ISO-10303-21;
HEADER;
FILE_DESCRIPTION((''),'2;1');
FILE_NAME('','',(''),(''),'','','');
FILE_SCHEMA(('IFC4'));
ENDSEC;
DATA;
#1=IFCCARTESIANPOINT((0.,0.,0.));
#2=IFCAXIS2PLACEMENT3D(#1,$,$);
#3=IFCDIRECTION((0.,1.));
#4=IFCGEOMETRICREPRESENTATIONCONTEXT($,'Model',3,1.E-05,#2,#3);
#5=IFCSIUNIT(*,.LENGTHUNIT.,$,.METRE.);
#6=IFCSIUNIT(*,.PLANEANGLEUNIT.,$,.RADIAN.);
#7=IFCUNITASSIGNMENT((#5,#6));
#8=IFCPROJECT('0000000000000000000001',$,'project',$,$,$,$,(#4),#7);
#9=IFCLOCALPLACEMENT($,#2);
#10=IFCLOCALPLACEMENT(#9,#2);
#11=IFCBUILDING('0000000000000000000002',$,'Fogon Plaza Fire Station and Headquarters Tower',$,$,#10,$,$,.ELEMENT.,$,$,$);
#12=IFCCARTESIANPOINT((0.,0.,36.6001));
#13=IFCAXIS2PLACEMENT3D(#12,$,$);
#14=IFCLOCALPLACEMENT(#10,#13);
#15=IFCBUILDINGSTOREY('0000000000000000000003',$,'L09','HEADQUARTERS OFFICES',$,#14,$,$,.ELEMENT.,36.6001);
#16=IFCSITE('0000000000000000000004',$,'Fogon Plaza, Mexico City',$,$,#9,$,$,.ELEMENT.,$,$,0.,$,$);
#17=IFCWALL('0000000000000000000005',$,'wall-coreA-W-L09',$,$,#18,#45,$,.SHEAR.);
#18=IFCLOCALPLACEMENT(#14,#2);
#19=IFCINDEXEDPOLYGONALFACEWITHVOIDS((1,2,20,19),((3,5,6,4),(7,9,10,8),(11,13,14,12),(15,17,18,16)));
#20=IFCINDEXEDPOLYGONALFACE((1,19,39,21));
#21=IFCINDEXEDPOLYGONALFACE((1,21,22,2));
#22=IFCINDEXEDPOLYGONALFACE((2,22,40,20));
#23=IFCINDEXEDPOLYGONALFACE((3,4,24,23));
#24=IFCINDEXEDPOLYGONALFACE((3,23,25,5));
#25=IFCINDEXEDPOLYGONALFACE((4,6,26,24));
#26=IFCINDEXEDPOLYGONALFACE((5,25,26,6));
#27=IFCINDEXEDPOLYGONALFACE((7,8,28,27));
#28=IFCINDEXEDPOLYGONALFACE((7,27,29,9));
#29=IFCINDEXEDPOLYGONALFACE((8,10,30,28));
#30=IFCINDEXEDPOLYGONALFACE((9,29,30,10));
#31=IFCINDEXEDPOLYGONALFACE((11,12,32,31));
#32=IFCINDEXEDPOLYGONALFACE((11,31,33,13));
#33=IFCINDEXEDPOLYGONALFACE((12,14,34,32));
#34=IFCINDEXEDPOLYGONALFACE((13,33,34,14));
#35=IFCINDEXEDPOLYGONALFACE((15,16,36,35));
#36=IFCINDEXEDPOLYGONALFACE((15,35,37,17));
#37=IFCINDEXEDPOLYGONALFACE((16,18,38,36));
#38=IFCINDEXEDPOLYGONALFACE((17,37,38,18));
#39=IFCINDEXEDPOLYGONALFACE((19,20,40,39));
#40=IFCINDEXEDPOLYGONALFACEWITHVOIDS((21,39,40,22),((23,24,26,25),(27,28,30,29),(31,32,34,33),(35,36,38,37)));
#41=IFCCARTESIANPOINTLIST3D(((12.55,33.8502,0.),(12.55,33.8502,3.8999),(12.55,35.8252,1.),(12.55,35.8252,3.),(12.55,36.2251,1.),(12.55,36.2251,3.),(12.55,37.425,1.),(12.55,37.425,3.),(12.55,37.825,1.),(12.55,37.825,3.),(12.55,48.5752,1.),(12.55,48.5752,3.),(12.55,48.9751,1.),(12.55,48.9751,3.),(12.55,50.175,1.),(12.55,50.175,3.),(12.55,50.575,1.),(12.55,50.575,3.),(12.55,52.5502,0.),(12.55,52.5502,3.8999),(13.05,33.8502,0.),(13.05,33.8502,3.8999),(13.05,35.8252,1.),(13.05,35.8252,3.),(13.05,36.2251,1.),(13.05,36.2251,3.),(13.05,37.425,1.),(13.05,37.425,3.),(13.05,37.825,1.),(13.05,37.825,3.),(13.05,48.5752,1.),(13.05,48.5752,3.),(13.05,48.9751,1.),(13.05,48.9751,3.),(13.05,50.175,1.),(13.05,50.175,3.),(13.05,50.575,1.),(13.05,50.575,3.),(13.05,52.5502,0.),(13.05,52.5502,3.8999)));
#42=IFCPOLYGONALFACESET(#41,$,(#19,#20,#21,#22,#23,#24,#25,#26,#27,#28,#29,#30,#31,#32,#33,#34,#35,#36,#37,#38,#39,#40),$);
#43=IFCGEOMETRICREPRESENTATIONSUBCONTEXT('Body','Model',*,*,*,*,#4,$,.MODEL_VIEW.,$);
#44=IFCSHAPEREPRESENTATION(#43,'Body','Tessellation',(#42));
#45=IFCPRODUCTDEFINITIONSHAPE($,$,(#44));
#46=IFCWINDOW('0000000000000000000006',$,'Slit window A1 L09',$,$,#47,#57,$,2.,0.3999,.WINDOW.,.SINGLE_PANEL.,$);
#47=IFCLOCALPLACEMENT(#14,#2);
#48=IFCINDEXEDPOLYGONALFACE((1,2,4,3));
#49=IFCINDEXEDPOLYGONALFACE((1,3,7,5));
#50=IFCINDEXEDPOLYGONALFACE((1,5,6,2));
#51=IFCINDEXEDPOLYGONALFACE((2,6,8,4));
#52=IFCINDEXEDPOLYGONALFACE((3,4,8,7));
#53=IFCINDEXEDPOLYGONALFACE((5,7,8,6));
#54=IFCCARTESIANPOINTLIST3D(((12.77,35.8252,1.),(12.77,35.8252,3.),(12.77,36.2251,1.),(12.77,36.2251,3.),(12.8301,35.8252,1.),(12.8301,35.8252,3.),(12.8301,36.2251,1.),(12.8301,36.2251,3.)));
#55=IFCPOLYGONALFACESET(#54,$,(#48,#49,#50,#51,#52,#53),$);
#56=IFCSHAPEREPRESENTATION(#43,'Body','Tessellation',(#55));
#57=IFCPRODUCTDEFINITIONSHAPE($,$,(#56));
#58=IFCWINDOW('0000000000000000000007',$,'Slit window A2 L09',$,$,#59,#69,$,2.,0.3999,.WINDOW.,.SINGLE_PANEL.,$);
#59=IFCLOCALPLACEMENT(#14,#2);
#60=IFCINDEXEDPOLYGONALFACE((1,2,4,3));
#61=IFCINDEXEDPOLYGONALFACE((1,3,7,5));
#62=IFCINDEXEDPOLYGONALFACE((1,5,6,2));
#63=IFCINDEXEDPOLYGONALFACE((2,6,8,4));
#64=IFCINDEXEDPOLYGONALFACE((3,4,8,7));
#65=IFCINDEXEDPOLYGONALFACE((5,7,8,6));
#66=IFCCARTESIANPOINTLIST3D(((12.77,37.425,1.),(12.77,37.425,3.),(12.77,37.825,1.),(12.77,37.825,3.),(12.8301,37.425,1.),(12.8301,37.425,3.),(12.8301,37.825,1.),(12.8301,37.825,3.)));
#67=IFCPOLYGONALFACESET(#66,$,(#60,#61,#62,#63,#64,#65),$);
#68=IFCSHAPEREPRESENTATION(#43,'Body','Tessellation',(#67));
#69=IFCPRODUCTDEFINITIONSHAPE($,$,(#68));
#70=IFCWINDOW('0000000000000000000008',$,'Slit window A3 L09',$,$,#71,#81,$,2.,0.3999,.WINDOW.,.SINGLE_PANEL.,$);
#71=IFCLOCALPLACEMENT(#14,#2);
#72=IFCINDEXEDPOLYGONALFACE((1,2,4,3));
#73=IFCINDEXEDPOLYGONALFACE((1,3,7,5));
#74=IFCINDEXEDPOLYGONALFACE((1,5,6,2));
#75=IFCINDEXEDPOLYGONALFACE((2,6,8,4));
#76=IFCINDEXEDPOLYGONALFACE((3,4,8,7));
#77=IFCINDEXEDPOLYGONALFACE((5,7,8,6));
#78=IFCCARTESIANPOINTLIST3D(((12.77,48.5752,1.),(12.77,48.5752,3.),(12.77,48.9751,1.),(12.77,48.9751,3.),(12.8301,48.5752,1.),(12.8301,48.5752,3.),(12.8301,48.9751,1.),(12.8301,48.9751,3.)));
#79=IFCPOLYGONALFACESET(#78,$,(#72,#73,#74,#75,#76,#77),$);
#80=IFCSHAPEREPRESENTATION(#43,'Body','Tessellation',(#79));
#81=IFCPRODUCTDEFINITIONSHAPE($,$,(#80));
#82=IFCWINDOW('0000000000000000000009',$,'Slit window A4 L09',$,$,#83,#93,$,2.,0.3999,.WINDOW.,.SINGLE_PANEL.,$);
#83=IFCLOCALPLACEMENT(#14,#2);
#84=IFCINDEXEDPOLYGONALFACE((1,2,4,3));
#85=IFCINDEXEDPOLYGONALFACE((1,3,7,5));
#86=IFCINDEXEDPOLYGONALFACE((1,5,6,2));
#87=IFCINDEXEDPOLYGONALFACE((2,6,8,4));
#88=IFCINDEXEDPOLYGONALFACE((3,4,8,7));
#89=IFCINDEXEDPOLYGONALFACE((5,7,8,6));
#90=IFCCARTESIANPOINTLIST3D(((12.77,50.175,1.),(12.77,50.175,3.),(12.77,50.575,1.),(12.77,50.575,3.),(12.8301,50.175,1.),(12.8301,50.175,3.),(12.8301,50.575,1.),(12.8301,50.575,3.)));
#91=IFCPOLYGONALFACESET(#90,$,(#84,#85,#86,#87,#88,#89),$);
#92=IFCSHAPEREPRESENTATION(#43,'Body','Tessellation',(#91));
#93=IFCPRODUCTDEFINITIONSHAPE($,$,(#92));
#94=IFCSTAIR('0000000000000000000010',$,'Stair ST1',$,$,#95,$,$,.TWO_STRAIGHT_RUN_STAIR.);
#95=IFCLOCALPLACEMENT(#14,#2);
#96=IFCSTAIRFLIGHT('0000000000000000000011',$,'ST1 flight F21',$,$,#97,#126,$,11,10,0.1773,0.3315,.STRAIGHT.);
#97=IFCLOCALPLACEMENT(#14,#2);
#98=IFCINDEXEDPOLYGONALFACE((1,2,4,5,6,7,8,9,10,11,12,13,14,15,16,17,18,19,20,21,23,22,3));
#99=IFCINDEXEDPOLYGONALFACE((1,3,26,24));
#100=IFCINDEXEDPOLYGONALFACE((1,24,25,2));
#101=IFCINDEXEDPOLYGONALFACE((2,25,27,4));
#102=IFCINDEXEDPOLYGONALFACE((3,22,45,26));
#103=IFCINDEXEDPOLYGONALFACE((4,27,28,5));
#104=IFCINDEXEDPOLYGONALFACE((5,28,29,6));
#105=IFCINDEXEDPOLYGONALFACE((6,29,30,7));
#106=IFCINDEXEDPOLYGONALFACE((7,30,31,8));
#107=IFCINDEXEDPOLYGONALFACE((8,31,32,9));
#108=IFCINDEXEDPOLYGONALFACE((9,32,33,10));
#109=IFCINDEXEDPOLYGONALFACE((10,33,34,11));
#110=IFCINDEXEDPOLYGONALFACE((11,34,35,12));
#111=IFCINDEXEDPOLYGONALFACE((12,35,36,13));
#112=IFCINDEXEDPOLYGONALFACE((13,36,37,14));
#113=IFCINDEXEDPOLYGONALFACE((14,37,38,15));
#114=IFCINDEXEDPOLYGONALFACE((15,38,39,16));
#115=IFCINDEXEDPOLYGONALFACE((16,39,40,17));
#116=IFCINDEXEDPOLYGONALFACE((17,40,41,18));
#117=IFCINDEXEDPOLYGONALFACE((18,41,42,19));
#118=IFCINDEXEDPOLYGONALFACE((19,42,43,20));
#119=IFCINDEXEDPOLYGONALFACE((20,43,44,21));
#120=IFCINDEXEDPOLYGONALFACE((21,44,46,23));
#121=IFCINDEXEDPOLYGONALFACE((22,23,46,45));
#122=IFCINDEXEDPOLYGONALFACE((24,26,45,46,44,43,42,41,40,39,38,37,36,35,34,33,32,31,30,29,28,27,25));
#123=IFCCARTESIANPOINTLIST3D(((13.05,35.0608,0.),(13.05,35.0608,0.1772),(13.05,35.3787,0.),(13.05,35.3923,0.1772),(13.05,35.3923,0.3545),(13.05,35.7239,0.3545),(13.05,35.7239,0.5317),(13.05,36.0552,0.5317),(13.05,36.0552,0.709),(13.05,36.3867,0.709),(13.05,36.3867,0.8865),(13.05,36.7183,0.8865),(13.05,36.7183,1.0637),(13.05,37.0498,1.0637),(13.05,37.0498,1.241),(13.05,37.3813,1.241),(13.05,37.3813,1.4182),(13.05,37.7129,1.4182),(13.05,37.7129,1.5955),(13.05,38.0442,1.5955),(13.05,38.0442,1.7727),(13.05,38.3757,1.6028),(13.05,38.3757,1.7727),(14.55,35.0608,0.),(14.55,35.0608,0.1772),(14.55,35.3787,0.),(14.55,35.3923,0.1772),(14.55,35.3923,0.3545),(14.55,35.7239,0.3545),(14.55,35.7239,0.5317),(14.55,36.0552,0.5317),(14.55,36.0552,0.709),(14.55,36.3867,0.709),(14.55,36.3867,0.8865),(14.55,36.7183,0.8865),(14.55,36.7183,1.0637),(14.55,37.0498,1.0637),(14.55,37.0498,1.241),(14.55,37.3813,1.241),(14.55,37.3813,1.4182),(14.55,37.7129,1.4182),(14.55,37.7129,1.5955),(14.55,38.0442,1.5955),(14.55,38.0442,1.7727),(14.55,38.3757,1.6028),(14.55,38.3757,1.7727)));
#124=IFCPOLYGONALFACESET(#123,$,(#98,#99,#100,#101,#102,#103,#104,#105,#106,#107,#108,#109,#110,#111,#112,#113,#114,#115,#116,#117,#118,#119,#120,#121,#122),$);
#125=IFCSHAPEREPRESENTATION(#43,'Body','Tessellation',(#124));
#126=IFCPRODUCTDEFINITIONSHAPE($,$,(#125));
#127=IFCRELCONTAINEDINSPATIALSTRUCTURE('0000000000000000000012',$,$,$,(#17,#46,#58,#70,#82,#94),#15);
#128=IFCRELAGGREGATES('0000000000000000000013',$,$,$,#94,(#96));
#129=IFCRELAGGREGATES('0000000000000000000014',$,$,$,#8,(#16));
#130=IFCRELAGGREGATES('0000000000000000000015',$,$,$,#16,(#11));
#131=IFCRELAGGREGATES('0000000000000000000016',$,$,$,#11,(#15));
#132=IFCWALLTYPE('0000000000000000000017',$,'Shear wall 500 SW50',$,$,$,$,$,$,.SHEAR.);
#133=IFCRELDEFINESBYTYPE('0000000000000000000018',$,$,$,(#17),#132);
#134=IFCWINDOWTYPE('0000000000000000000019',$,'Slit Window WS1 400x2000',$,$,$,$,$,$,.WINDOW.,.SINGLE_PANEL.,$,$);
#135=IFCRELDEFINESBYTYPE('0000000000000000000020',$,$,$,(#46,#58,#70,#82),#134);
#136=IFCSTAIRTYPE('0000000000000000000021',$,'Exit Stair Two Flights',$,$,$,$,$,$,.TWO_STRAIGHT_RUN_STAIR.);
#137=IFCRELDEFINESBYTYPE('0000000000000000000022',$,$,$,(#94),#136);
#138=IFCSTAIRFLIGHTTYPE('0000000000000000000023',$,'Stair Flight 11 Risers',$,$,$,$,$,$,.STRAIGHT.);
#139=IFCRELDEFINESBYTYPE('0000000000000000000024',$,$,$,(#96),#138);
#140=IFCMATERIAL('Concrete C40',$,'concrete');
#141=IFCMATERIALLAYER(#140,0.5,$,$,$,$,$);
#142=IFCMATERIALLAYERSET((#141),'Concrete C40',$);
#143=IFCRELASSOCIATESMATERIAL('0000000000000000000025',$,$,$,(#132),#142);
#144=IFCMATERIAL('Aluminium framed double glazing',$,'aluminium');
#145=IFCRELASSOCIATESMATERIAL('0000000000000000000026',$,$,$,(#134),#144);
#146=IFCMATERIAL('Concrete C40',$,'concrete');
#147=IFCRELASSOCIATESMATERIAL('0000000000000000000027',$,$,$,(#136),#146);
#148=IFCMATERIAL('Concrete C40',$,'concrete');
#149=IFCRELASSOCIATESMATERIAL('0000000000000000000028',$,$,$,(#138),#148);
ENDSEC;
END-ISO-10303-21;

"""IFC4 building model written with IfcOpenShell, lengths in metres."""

from ifc_helpers import new_model, si_unit, direction, frame, frame_2d, origin, place, context, subcontext, project, spatial, polyline, rectangle, outline, extrude, material, layer, layer_set, type_object, element, fill, aggregate, save


model = new_model("IFC4")

# Units and contexts
model_context = context("Model", 3, precision=1e-05, world=origin(), true_north=direction((0.0, 1.0)))
body_context = subcontext(model_context, "Body", "Model", "MODEL_VIEW")
ifc_project = project(units=[si_unit("LENGTHUNIT", "METRE"), si_unit("PLANEANGLEUNIT", "RADIAN")], contexts=[model_context])

# Site, building, storey
site_placement = place(None, origin())
site = spatial("IfcSite", under=ifc_project, at=site_placement, Name="Fogon Plaza, Mexico City", CompositionType="ELEMENT", RefElevation=0.0)
building_placement = place(site_placement, origin())
building = spatial("IfcBuilding", under=site, at=building_placement, Name="Fogon Plaza Fire Station and Headquarters Tower", CompositionType="ELEMENT")
storey_placement = place(building_placement, frame((0.0, 0.0, 36.6001)))
storey = spatial("IfcBuildingStorey", under=building, at=storey_placement, Name="L09", Description="HEADQUARTERS OFFICES", CompositionType="ELEMENT", Elevation=36.6001)

# Shared definitions
ifc_material_1 = material(Name="Concrete C40", Category="concrete")
ifc_layer_1 = layer(ifc_material_1, 0.5)
ifc_layer_set_1 = layer_set([ifc_layer_1], Name="Concrete C40")
wall_type_1 = type_object("IfcWallType", Name="Shear wall 500 SW50", PredefinedType="SHEAR", material=ifc_layer_set_1)
ifc_material_2 = material(Name="Aluminium framed double glazing", Category="aluminium")
window_type = type_object("IfcWindowType", Name="Slit Window WS1 400x2000", PartitioningType="SINGLE_PANEL", PredefinedType="WINDOW", material=ifc_material_2)

# Wall, openings, windows
wall_1_placement = place(storey_placement, frame((12.8, 33.8501, 0.0), z_axis=(0.0, 0.0, 1.0), x_axis=(0.0, 1.0, 0.0)))
wall_1 = element("IfcWall", 1, at=wall_1_placement, inside=storey, type_object=wall_type_1, Name="wall-coreA-W-L09", PredefinedType="SHEAR", context=body_context, shape_type="SweptSolid", body=[
    extrude(rectangle(XDim=18.7, YDim=0.5, at=frame_2d((9.3501, 0.0))), origin(), (0.0, 0.0, 1.0), 3.8999),
])
opening_1_placement = place(wall_1_placement, frame((1.9751, 0.0, 1.0)))
opening_1 = element("IfcOpeningElement", 2, at=opening_1_placement, cuts=wall_1, PredefinedType="OPENING", context=body_context, shape_type="SweptSolid", body=[
    extrude(rectangle(XDim=0.3999, YDim=2.0, at=frame_2d((0.2, 1.0))), frame((0.0, 0.26, 0.0), z_axis=(0.0, -1.0, 0.0), x_axis=(1.0, 0.0, 0.0)), (0.0, 0.0, 1.0), 0.52),
])
opening_2_placement = place(wall_1_placement, frame((3.575, 0.0, 1.0)))
opening_2 = element("IfcOpeningElement", 3, at=opening_2_placement, cuts=wall_1, PredefinedType="OPENING", context=body_context, shape_type="SweptSolid", body=[
    extrude(rectangle(XDim=0.3999, YDim=2.0, at=frame_2d((0.2, 1.0))), frame((0.0, 0.26, 0.0), z_axis=(0.0, -1.0, 0.0), x_axis=(1.0, 0.0, 0.0)), (0.0, 0.0, 1.0), 0.52),
])
opening_3_placement = place(wall_1_placement, frame((14.7251, 0.0, 1.0)))
opening_3 = element("IfcOpeningElement", 4, at=opening_3_placement, cuts=wall_1, PredefinedType="OPENING", context=body_context, shape_type="SweptSolid", body=[
    extrude(rectangle(XDim=0.3999, YDim=2.0, at=frame_2d((0.2, 1.0))), frame((0.0, 0.26, 0.0), z_axis=(0.0, -1.0, 0.0), x_axis=(1.0, 0.0, 0.0)), (0.0, 0.0, 1.0), 0.52),
])
opening_4_placement = place(wall_1_placement, frame((16.325, 0.0, 1.0)))
opening_4 = element("IfcOpeningElement", 5, at=opening_4_placement, cuts=wall_1, PredefinedType="OPENING", context=body_context, shape_type="SweptSolid", body=[
    extrude(rectangle(XDim=0.3999, YDim=2.0, at=frame_2d((0.2, 1.0))), frame((0.0, 0.26, 0.0), z_axis=(0.0, -1.0, 0.0), x_axis=(1.0, 0.0, 0.0)), (0.0, 0.0, 1.0), 0.52),
])
window_1_placement = place(opening_1_placement, origin())
window_1 = element("IfcWindow", 6, at=window_1_placement, inside=storey, type_object=window_type, Name="Slit window A1 L09", OverallHeight=2.0, OverallWidth=0.3999, PartitioningType="SINGLE_PANEL", PredefinedType="WINDOW", context=body_context, shape_type="SweptSolid", body=[
    extrude(rectangle(XDim=0.3999, YDim=2.0, at=frame_2d((0.2, 1.0))), frame((0.0, 0.03, 0.0), z_axis=(0.0, -1.0, 0.0), x_axis=(1.0, 0.0, 0.0)), (0.0, 0.0, 1.0), 0.0601),
])
fill(opening_1, window_1)
window_2_placement = place(opening_2_placement, origin())
window_2 = element("IfcWindow", 7, at=window_2_placement, inside=storey, type_object=window_type, Name="Slit window A2 L09", OverallHeight=2.0, OverallWidth=0.3999, PartitioningType="SINGLE_PANEL", PredefinedType="WINDOW", context=body_context, shape_type="SweptSolid", body=[
    extrude(rectangle(XDim=0.3999, YDim=2.0, at=frame_2d((0.2, 1.0))), frame((0.0, 0.03, 0.0), z_axis=(0.0, -1.0, 0.0), x_axis=(1.0, 0.0, 0.0)), (0.0, 0.0, 1.0), 0.0601),
])
fill(opening_2, window_2)
window_3_placement = place(opening_3_placement, origin())
window_3 = element("IfcWindow", 8, at=window_3_placement, inside=storey, type_object=window_type, Name="Slit window A3 L09", OverallHeight=2.0, OverallWidth=0.3999, PartitioningType="SINGLE_PANEL", PredefinedType="WINDOW", context=body_context, shape_type="SweptSolid", body=[
    extrude(rectangle(XDim=0.3999, YDim=2.0, at=frame_2d((0.2, 1.0))), frame((0.0, 0.03, 0.0), z_axis=(0.0, -1.0, 0.0), x_axis=(1.0, 0.0, 0.0)), (0.0, 0.0, 1.0), 0.0601),
])
fill(opening_3, window_3)
window_4_placement = place(opening_4_placement, origin())
window_4 = element("IfcWindow", 9, at=window_4_placement, inside=storey, type_object=window_type, Name="Slit window A4 L09", OverallHeight=2.0, OverallWidth=0.3999, PartitioningType="SINGLE_PANEL", PredefinedType="WINDOW", context=body_context, shape_type="SweptSolid", body=[
    extrude(rectangle(XDim=0.3999, YDim=2.0, at=frame_2d((0.2, 1.0))), frame((0.0, 0.03, 0.0), z_axis=(0.0, -1.0, 0.0), x_axis=(1.0, 0.0, 0.0)), (0.0, 0.0, 1.0), 0.0601),
])
fill(opening_4, window_4)

# Stair, stair flight
ifc_material_3 = material(Name="Concrete C40", Category="concrete")
stair_type = type_object("IfcStairType", Name="Exit Stair Two Flights", PredefinedType="TWO_STRAIGHT_RUN_STAIR", material=ifc_material_3)
stair_placement = place(storey_placement, origin())
stair = element("IfcStair", 10, at=stair_placement, inside=storey, type_object=stair_type, Name="Stair ST1", PredefinedType="TWO_STRAIGHT_RUN_STAIR")
ifc_material_4 = material(Name="Concrete C40", Category="concrete")
stair_flight_type = type_object("IfcStairFlightType", Name="Stair Flight 11 Risers", PredefinedType="STRAIGHT", material=ifc_material_4)
stair_flight_placement = place(storey_placement, frame((13.8, 35.0608, 0.0), z_axis=(0.0, 0.0, 1.0), x_axis=(0.0, 1.0, 0.0)))
stair_flight = element("IfcStairFlight", 11, at=stair_flight_placement, type_object=stair_flight_type, Name="ST1 flight F21", NumberOfRisers=11, NumberOfTreads=10, PredefinedType="STRAIGHT", RiserHeight=0.1773, TreadLength=0.3315, context=body_context, shape_type="SweptSolid", body=[
    extrude(outline(polyline([(0.0, 0.0), (0.0, 0.1772), (0.3315, 0.1772), (0.3315, 0.3545), (0.6631, 0.3545), (0.6631, 0.5317), (0.9944, 0.5317), (0.9944, 0.709), (1.3259, 0.709), (1.3259, 0.8865), (1.6575, 0.8865), (1.6575, 1.0637), (1.989, 1.0637), (1.989, 1.241), (2.3206, 1.241), (2.3206, 1.4182), (2.6521, 1.4182), (2.6521, 1.5955), (2.9834, 1.5955), (2.9834, 1.7727), (3.3149, 1.7727), (3.3149, 1.95), (3.3149, 1.6028), (0.3179, 0.0), (0.0, 0.0)])), frame((0.0, 0.75, 0.0), z_axis=(0.0, -1.0, 0.0), x_axis=(1.0, 0.0, 0.0)), (0.0, 0.0, 1.0), 1.5),
])
aggregate(stair, [stair_flight])

save(model, "model.ifc")
